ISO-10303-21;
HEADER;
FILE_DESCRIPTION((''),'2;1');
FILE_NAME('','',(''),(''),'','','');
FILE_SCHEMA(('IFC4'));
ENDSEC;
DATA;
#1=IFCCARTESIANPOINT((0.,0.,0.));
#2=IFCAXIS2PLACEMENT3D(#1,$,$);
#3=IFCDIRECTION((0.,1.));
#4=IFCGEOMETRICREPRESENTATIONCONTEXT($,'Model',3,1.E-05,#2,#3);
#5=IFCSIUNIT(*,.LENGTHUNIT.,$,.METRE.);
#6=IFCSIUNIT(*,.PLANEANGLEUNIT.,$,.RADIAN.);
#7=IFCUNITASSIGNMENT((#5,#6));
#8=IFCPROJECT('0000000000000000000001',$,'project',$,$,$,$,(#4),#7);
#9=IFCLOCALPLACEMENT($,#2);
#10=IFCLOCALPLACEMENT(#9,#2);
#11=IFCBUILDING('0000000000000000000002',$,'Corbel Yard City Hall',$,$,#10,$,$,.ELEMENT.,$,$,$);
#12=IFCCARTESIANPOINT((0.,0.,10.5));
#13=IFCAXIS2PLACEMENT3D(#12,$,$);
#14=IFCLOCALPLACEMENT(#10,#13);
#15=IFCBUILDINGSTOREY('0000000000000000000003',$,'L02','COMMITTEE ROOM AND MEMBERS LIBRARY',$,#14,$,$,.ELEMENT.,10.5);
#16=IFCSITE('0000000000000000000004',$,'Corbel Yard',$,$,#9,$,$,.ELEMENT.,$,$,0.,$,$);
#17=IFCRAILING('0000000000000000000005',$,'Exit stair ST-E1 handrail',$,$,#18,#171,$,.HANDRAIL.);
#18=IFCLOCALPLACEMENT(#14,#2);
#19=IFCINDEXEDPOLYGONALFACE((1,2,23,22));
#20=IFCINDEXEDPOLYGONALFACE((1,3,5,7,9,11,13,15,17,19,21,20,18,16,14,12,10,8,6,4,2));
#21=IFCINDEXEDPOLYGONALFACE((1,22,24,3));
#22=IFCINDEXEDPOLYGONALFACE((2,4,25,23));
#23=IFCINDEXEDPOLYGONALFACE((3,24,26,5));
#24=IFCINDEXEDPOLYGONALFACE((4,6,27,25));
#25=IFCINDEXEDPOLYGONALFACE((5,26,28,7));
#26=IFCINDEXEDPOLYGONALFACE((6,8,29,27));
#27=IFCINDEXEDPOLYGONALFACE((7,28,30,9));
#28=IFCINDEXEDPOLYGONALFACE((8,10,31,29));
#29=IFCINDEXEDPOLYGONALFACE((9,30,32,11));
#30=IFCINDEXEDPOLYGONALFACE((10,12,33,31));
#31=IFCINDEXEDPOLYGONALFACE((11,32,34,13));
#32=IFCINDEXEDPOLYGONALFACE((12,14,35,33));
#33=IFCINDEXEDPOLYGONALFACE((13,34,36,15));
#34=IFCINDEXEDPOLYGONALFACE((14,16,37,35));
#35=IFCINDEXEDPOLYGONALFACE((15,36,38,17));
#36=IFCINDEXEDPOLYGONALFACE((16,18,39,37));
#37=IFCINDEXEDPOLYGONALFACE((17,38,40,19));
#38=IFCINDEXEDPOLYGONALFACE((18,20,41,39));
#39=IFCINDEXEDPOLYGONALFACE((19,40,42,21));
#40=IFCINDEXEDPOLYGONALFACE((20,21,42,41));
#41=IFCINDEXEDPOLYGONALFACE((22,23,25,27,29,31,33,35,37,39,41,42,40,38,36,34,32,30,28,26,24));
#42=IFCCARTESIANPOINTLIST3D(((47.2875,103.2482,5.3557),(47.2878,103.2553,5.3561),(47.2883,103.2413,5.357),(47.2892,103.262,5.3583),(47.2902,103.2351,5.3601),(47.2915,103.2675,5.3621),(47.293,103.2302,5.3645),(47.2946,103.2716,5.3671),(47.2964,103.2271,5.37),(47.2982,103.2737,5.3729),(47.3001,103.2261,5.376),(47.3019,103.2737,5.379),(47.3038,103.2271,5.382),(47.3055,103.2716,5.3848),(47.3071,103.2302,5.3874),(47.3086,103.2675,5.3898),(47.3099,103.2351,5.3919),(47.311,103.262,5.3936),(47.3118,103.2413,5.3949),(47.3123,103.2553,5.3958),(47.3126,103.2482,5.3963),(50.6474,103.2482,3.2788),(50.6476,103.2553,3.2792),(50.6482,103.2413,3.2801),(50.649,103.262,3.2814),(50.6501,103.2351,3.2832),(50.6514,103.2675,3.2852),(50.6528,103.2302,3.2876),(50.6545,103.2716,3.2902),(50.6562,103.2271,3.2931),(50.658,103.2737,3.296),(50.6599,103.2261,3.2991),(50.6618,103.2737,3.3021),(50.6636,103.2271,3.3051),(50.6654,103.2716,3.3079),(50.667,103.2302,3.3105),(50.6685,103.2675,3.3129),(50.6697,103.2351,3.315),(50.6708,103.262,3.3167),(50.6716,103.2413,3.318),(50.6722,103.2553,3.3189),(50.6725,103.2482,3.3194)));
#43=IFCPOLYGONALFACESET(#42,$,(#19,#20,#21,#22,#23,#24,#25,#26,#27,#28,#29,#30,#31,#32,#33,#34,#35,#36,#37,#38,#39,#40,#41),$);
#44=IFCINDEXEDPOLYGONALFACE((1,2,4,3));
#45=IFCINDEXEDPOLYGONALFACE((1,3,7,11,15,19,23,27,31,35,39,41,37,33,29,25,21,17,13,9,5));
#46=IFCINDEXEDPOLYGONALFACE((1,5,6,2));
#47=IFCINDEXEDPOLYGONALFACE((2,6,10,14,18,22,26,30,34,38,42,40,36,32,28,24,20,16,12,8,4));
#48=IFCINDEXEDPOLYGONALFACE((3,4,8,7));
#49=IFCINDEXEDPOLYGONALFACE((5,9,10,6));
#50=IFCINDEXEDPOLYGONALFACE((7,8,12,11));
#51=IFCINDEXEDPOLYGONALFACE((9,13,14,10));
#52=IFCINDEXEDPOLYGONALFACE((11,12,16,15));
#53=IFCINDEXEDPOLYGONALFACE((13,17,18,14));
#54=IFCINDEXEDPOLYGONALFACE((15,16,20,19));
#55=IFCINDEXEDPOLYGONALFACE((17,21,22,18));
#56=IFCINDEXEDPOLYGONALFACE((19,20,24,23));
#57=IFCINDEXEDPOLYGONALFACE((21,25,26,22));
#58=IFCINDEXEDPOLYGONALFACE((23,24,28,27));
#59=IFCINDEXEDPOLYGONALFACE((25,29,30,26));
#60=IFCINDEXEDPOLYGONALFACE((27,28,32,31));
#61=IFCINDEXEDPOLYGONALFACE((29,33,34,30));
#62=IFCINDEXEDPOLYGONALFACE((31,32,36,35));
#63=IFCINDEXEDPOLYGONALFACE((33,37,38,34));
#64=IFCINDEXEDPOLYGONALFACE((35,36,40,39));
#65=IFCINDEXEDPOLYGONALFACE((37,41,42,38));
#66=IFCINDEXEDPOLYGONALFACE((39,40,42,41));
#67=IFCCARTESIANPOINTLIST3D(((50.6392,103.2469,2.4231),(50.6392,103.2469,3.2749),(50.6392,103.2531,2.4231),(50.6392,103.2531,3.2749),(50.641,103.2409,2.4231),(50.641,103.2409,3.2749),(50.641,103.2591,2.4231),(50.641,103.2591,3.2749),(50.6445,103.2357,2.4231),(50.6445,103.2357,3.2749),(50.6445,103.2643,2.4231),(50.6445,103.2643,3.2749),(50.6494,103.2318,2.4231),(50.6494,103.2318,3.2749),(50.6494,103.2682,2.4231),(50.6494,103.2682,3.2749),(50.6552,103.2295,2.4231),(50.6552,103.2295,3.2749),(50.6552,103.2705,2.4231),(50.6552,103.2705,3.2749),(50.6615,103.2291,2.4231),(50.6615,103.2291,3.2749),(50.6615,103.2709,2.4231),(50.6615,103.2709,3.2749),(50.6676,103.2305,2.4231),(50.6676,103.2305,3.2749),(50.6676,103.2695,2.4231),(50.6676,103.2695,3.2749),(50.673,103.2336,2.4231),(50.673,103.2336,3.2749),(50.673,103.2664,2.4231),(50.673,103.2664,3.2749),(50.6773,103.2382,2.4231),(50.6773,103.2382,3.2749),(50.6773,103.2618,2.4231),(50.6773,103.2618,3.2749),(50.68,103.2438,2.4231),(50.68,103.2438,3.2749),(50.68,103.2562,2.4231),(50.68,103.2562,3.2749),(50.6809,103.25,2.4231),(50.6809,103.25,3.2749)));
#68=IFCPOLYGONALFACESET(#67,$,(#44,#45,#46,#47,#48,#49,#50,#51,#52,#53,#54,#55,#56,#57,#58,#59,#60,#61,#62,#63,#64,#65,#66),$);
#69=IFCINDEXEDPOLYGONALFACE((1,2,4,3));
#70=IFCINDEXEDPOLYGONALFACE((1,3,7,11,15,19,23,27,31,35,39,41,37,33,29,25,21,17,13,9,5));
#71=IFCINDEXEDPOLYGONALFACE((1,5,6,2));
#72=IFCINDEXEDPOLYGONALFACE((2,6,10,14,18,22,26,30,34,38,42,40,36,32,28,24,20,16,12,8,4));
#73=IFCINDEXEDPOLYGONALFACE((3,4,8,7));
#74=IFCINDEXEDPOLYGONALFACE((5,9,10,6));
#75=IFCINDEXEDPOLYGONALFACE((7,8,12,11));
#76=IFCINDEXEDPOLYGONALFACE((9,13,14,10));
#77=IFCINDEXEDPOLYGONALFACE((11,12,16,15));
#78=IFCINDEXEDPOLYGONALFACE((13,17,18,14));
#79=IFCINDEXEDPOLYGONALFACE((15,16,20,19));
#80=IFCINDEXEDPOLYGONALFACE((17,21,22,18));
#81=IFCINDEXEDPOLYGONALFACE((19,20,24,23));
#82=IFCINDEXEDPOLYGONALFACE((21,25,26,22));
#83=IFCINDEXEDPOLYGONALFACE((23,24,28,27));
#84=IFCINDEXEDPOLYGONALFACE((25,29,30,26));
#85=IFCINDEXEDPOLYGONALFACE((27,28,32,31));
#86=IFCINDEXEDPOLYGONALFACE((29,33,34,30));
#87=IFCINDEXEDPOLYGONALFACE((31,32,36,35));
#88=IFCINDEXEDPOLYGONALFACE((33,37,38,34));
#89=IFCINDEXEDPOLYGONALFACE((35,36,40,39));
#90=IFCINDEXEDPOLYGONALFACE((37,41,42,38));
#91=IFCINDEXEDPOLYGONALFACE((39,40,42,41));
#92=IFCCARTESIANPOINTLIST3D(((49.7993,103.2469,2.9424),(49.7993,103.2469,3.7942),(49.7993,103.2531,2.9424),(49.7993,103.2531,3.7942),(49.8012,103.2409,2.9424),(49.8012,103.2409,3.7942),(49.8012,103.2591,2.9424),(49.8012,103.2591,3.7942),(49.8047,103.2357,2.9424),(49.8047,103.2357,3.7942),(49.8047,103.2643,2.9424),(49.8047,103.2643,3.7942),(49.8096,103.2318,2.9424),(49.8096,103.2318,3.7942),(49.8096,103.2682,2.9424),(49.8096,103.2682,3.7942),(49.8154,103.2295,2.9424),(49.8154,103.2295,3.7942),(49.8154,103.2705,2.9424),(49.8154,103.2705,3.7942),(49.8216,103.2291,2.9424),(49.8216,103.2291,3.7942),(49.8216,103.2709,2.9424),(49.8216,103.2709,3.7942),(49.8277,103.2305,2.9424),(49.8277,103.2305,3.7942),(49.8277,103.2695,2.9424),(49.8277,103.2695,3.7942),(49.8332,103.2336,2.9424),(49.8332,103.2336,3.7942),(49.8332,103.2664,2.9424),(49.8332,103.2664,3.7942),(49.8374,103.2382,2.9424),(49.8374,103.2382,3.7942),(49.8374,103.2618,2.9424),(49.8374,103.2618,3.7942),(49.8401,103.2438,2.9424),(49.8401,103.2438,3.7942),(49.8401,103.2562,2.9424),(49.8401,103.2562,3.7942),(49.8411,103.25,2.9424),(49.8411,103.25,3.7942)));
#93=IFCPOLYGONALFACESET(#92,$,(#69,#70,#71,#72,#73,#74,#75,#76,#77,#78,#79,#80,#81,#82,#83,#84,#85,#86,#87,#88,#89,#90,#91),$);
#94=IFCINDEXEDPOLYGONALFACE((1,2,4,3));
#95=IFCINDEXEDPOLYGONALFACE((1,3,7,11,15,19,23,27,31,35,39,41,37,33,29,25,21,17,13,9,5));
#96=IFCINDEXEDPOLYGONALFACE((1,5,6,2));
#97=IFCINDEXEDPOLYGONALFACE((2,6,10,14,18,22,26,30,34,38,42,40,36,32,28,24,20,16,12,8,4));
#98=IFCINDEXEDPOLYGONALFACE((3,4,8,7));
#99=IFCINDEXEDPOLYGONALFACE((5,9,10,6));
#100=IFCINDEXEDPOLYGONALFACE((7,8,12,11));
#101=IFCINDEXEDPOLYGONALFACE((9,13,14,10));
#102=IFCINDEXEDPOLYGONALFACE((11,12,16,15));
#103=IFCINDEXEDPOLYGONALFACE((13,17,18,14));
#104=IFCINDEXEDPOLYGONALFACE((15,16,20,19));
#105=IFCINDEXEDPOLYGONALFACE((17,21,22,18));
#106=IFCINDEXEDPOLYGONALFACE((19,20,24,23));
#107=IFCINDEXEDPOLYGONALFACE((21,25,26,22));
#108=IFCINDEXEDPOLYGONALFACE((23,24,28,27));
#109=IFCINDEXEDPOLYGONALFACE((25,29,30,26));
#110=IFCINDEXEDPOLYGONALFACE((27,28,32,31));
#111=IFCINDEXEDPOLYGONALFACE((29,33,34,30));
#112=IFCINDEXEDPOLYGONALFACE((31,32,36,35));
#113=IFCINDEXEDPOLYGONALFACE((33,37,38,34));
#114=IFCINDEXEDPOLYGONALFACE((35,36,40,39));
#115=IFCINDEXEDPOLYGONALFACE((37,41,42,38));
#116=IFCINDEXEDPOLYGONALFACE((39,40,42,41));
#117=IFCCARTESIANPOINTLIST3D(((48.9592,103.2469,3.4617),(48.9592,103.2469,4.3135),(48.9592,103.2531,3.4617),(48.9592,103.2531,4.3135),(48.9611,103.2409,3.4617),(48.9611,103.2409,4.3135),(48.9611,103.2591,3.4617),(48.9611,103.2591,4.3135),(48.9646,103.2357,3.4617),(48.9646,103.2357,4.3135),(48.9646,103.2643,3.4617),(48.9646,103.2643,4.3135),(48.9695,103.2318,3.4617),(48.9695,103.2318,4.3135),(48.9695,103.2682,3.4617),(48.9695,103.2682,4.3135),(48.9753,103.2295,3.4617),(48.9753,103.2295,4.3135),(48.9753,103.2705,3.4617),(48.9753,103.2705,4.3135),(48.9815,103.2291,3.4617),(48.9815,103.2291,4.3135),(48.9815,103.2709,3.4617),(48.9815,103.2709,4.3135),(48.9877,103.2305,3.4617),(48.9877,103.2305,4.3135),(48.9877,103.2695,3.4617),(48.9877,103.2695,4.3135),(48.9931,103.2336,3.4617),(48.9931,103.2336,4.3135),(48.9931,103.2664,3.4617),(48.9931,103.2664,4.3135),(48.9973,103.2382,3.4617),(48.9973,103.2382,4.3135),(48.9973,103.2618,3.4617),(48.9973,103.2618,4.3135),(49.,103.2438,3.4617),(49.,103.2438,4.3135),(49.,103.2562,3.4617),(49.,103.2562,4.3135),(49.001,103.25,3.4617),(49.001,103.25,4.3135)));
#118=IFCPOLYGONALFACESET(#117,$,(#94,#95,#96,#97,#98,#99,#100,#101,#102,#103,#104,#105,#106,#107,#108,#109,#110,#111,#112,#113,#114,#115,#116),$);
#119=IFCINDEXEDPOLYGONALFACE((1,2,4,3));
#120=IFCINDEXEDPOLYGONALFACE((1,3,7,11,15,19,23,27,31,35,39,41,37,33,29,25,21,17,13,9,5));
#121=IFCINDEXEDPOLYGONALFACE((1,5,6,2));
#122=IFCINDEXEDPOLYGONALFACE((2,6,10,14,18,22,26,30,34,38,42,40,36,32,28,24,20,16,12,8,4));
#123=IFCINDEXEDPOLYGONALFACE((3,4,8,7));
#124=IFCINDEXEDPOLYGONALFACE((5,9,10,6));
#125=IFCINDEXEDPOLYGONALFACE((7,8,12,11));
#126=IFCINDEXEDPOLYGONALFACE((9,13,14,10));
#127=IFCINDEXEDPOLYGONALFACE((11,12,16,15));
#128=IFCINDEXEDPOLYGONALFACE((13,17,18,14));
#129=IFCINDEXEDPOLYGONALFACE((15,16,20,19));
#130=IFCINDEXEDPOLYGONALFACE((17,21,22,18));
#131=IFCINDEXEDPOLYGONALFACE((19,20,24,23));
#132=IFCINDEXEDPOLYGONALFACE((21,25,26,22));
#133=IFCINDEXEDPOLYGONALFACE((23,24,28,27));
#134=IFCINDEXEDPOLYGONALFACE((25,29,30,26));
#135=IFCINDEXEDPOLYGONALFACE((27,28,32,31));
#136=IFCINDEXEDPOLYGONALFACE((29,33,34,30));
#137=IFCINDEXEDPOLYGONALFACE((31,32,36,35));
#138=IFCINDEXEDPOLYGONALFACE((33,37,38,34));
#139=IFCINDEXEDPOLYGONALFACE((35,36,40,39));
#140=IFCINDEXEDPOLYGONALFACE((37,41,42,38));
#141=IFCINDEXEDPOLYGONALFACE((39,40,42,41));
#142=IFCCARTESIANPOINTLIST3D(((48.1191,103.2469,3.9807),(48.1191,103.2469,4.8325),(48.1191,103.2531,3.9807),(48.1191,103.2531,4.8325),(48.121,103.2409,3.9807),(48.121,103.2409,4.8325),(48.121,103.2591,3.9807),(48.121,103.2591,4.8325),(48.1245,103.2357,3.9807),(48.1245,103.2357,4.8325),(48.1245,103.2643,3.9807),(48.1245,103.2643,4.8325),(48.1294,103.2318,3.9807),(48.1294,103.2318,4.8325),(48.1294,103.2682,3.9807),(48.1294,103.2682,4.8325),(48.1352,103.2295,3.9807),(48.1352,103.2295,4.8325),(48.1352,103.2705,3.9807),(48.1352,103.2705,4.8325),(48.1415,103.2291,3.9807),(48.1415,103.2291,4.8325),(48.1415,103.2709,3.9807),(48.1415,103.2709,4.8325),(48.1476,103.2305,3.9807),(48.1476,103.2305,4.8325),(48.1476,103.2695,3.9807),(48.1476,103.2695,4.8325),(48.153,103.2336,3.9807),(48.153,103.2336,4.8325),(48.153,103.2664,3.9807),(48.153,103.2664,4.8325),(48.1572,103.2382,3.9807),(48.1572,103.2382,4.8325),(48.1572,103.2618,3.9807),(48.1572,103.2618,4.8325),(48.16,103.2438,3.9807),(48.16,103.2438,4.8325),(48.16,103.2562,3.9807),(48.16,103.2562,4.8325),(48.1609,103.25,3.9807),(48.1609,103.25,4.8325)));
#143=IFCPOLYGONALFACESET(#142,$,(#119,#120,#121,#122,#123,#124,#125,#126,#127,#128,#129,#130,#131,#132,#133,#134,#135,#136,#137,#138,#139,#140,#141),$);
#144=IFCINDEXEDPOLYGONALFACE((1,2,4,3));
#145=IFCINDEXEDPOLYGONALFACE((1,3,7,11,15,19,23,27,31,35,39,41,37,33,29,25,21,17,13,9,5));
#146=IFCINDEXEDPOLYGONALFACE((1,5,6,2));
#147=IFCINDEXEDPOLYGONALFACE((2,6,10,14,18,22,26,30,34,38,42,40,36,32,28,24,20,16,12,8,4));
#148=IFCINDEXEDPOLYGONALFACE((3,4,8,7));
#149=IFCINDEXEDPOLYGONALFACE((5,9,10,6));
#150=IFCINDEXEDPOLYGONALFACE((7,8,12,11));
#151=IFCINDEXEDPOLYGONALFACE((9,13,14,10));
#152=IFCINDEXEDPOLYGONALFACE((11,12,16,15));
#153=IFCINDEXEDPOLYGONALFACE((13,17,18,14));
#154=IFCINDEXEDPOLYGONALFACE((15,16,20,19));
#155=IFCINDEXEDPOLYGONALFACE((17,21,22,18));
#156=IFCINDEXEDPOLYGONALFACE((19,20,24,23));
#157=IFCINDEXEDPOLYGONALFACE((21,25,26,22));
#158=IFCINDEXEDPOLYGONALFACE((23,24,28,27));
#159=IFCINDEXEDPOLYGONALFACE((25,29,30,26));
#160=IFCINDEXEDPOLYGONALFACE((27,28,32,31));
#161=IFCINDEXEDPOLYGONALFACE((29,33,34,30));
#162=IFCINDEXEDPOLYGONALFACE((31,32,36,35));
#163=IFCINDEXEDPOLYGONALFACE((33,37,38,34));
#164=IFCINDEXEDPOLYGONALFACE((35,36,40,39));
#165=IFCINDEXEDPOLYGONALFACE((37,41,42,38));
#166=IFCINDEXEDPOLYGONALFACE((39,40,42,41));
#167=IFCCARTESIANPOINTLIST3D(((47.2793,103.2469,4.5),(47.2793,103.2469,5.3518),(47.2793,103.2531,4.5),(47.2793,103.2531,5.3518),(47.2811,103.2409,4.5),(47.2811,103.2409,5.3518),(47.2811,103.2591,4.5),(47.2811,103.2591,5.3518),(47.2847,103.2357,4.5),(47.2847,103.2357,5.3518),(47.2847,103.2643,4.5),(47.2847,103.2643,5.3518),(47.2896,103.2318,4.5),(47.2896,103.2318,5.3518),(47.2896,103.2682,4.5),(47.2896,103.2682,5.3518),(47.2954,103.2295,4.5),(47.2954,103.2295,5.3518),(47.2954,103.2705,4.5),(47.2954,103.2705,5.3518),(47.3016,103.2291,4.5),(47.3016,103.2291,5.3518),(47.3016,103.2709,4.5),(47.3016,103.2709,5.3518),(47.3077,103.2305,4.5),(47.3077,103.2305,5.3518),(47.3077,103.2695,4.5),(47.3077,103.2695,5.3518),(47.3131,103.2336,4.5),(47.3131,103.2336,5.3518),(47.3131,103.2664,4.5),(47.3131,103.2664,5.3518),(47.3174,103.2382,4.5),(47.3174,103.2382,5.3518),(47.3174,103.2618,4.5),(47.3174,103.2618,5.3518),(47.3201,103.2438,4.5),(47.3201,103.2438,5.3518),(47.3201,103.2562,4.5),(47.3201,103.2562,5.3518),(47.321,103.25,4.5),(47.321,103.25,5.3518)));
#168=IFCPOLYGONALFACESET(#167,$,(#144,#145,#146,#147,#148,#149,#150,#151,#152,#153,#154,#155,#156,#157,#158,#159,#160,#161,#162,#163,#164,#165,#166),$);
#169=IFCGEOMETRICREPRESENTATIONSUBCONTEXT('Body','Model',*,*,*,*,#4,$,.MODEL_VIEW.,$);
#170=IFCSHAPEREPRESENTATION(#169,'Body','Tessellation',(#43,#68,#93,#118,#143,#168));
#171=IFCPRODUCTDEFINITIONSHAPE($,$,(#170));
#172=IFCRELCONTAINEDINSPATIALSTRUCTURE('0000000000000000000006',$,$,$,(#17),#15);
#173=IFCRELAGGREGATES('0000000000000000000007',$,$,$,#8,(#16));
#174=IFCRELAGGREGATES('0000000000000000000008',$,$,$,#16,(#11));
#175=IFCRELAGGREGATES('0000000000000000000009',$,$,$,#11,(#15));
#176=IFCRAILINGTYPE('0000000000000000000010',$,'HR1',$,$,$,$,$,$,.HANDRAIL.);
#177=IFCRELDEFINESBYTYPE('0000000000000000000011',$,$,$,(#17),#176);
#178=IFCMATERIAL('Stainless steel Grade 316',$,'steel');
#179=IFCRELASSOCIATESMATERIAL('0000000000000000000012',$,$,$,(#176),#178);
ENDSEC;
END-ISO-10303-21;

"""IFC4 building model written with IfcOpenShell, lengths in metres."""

from ifc_helpers import new_model, si_unit, direction, frame, origin, origin_2d, place, context, subcontext, project, spatial, circle, extrude, material, type_object, element, save


model = new_model("IFC4")

# Units and contexts
model_context = context("Model", 3, precision=1e-05, world=origin(), true_north=direction((0.0, 1.0)))
body_context = subcontext(model_context, "Body", "Model", "MODEL_VIEW")
ifc_project = project(units=[si_unit("LENGTHUNIT", "METRE"), si_unit("PLANEANGLEUNIT", "RADIAN")], contexts=[model_context])

# Site, building, storey
site_placement = place(None, origin())
site = spatial("IfcSite", under=ifc_project, at=site_placement, Name="Corbel Yard", CompositionType="ELEMENT", RefElevation=0.0)
building_placement = place(site_placement, origin())
building = spatial("IfcBuilding", under=site, at=building_placement, Name="Corbel Yard City Hall", CompositionType="ELEMENT")
storey_placement = place(building_placement, frame((0.0, 0.0, 10.5)))
storey = spatial("IfcBuildingStorey", under=building, at=storey_placement, Name="L02", Description="COMMITTEE ROOM AND MEMBERS LIBRARY", CompositionType="ELEMENT", Elevation=10.5)

# Shared definitions
ifc_material_1 = material(Name="Stainless steel Grade 316", Category="steel")

# Railing
railing_type = type_object("IfcRailingType", Name="HR1", PredefinedType="HANDRAIL", material=ifc_material_1)
for number, where, name in (
    (1, (50.6599, 103.25, 2.4231), "Exit stair ST-E1 handrail"),
):
    element("IfcRailing", number, at=place(storey_placement, frame(where)), inside=storey, type_object=railing_type, Name=name, PredefinedType="HANDRAIL", context=body_context, shape_type="SweptSolid", body=[
        extrude(circle(Radius=0.0239, at=origin_2d()), frame((0.0, 0.0, 0.876), z_axis=(-0.850606, 0.0, 0.525803), x_axis=(0.0, -1.0, 0.0)), (0.0, 0.0, 1.0), 3.95),
        extrude(circle(Radius=0.021, at=origin_2d()), origin(), (0.0, 0.0, 1.0), 0.8518),
        extrude(circle(Radius=0.021, at=origin_2d()), frame((-0.8398, 0.0, 0.5193)), (0.0, 0.0, 1.0), 0.8518),
        extrude(circle(Radius=0.021, at=origin_2d()), frame((-1.6799, 0.0, 1.0386)), (0.0, 0.0, 1.0), 0.8518),
        extrude(circle(Radius=0.021, at=origin_2d()), frame((-2.52, 0.0, 1.5576)), (0.0, 0.0, 1.0), 0.8518),
        extrude(circle(Radius=0.021, at=origin_2d()), frame((-3.3599, 0.0, 2.0769)), (0.0, 0.0, 1.0), 0.8518),
    ])

save(model, "model.ifc")
